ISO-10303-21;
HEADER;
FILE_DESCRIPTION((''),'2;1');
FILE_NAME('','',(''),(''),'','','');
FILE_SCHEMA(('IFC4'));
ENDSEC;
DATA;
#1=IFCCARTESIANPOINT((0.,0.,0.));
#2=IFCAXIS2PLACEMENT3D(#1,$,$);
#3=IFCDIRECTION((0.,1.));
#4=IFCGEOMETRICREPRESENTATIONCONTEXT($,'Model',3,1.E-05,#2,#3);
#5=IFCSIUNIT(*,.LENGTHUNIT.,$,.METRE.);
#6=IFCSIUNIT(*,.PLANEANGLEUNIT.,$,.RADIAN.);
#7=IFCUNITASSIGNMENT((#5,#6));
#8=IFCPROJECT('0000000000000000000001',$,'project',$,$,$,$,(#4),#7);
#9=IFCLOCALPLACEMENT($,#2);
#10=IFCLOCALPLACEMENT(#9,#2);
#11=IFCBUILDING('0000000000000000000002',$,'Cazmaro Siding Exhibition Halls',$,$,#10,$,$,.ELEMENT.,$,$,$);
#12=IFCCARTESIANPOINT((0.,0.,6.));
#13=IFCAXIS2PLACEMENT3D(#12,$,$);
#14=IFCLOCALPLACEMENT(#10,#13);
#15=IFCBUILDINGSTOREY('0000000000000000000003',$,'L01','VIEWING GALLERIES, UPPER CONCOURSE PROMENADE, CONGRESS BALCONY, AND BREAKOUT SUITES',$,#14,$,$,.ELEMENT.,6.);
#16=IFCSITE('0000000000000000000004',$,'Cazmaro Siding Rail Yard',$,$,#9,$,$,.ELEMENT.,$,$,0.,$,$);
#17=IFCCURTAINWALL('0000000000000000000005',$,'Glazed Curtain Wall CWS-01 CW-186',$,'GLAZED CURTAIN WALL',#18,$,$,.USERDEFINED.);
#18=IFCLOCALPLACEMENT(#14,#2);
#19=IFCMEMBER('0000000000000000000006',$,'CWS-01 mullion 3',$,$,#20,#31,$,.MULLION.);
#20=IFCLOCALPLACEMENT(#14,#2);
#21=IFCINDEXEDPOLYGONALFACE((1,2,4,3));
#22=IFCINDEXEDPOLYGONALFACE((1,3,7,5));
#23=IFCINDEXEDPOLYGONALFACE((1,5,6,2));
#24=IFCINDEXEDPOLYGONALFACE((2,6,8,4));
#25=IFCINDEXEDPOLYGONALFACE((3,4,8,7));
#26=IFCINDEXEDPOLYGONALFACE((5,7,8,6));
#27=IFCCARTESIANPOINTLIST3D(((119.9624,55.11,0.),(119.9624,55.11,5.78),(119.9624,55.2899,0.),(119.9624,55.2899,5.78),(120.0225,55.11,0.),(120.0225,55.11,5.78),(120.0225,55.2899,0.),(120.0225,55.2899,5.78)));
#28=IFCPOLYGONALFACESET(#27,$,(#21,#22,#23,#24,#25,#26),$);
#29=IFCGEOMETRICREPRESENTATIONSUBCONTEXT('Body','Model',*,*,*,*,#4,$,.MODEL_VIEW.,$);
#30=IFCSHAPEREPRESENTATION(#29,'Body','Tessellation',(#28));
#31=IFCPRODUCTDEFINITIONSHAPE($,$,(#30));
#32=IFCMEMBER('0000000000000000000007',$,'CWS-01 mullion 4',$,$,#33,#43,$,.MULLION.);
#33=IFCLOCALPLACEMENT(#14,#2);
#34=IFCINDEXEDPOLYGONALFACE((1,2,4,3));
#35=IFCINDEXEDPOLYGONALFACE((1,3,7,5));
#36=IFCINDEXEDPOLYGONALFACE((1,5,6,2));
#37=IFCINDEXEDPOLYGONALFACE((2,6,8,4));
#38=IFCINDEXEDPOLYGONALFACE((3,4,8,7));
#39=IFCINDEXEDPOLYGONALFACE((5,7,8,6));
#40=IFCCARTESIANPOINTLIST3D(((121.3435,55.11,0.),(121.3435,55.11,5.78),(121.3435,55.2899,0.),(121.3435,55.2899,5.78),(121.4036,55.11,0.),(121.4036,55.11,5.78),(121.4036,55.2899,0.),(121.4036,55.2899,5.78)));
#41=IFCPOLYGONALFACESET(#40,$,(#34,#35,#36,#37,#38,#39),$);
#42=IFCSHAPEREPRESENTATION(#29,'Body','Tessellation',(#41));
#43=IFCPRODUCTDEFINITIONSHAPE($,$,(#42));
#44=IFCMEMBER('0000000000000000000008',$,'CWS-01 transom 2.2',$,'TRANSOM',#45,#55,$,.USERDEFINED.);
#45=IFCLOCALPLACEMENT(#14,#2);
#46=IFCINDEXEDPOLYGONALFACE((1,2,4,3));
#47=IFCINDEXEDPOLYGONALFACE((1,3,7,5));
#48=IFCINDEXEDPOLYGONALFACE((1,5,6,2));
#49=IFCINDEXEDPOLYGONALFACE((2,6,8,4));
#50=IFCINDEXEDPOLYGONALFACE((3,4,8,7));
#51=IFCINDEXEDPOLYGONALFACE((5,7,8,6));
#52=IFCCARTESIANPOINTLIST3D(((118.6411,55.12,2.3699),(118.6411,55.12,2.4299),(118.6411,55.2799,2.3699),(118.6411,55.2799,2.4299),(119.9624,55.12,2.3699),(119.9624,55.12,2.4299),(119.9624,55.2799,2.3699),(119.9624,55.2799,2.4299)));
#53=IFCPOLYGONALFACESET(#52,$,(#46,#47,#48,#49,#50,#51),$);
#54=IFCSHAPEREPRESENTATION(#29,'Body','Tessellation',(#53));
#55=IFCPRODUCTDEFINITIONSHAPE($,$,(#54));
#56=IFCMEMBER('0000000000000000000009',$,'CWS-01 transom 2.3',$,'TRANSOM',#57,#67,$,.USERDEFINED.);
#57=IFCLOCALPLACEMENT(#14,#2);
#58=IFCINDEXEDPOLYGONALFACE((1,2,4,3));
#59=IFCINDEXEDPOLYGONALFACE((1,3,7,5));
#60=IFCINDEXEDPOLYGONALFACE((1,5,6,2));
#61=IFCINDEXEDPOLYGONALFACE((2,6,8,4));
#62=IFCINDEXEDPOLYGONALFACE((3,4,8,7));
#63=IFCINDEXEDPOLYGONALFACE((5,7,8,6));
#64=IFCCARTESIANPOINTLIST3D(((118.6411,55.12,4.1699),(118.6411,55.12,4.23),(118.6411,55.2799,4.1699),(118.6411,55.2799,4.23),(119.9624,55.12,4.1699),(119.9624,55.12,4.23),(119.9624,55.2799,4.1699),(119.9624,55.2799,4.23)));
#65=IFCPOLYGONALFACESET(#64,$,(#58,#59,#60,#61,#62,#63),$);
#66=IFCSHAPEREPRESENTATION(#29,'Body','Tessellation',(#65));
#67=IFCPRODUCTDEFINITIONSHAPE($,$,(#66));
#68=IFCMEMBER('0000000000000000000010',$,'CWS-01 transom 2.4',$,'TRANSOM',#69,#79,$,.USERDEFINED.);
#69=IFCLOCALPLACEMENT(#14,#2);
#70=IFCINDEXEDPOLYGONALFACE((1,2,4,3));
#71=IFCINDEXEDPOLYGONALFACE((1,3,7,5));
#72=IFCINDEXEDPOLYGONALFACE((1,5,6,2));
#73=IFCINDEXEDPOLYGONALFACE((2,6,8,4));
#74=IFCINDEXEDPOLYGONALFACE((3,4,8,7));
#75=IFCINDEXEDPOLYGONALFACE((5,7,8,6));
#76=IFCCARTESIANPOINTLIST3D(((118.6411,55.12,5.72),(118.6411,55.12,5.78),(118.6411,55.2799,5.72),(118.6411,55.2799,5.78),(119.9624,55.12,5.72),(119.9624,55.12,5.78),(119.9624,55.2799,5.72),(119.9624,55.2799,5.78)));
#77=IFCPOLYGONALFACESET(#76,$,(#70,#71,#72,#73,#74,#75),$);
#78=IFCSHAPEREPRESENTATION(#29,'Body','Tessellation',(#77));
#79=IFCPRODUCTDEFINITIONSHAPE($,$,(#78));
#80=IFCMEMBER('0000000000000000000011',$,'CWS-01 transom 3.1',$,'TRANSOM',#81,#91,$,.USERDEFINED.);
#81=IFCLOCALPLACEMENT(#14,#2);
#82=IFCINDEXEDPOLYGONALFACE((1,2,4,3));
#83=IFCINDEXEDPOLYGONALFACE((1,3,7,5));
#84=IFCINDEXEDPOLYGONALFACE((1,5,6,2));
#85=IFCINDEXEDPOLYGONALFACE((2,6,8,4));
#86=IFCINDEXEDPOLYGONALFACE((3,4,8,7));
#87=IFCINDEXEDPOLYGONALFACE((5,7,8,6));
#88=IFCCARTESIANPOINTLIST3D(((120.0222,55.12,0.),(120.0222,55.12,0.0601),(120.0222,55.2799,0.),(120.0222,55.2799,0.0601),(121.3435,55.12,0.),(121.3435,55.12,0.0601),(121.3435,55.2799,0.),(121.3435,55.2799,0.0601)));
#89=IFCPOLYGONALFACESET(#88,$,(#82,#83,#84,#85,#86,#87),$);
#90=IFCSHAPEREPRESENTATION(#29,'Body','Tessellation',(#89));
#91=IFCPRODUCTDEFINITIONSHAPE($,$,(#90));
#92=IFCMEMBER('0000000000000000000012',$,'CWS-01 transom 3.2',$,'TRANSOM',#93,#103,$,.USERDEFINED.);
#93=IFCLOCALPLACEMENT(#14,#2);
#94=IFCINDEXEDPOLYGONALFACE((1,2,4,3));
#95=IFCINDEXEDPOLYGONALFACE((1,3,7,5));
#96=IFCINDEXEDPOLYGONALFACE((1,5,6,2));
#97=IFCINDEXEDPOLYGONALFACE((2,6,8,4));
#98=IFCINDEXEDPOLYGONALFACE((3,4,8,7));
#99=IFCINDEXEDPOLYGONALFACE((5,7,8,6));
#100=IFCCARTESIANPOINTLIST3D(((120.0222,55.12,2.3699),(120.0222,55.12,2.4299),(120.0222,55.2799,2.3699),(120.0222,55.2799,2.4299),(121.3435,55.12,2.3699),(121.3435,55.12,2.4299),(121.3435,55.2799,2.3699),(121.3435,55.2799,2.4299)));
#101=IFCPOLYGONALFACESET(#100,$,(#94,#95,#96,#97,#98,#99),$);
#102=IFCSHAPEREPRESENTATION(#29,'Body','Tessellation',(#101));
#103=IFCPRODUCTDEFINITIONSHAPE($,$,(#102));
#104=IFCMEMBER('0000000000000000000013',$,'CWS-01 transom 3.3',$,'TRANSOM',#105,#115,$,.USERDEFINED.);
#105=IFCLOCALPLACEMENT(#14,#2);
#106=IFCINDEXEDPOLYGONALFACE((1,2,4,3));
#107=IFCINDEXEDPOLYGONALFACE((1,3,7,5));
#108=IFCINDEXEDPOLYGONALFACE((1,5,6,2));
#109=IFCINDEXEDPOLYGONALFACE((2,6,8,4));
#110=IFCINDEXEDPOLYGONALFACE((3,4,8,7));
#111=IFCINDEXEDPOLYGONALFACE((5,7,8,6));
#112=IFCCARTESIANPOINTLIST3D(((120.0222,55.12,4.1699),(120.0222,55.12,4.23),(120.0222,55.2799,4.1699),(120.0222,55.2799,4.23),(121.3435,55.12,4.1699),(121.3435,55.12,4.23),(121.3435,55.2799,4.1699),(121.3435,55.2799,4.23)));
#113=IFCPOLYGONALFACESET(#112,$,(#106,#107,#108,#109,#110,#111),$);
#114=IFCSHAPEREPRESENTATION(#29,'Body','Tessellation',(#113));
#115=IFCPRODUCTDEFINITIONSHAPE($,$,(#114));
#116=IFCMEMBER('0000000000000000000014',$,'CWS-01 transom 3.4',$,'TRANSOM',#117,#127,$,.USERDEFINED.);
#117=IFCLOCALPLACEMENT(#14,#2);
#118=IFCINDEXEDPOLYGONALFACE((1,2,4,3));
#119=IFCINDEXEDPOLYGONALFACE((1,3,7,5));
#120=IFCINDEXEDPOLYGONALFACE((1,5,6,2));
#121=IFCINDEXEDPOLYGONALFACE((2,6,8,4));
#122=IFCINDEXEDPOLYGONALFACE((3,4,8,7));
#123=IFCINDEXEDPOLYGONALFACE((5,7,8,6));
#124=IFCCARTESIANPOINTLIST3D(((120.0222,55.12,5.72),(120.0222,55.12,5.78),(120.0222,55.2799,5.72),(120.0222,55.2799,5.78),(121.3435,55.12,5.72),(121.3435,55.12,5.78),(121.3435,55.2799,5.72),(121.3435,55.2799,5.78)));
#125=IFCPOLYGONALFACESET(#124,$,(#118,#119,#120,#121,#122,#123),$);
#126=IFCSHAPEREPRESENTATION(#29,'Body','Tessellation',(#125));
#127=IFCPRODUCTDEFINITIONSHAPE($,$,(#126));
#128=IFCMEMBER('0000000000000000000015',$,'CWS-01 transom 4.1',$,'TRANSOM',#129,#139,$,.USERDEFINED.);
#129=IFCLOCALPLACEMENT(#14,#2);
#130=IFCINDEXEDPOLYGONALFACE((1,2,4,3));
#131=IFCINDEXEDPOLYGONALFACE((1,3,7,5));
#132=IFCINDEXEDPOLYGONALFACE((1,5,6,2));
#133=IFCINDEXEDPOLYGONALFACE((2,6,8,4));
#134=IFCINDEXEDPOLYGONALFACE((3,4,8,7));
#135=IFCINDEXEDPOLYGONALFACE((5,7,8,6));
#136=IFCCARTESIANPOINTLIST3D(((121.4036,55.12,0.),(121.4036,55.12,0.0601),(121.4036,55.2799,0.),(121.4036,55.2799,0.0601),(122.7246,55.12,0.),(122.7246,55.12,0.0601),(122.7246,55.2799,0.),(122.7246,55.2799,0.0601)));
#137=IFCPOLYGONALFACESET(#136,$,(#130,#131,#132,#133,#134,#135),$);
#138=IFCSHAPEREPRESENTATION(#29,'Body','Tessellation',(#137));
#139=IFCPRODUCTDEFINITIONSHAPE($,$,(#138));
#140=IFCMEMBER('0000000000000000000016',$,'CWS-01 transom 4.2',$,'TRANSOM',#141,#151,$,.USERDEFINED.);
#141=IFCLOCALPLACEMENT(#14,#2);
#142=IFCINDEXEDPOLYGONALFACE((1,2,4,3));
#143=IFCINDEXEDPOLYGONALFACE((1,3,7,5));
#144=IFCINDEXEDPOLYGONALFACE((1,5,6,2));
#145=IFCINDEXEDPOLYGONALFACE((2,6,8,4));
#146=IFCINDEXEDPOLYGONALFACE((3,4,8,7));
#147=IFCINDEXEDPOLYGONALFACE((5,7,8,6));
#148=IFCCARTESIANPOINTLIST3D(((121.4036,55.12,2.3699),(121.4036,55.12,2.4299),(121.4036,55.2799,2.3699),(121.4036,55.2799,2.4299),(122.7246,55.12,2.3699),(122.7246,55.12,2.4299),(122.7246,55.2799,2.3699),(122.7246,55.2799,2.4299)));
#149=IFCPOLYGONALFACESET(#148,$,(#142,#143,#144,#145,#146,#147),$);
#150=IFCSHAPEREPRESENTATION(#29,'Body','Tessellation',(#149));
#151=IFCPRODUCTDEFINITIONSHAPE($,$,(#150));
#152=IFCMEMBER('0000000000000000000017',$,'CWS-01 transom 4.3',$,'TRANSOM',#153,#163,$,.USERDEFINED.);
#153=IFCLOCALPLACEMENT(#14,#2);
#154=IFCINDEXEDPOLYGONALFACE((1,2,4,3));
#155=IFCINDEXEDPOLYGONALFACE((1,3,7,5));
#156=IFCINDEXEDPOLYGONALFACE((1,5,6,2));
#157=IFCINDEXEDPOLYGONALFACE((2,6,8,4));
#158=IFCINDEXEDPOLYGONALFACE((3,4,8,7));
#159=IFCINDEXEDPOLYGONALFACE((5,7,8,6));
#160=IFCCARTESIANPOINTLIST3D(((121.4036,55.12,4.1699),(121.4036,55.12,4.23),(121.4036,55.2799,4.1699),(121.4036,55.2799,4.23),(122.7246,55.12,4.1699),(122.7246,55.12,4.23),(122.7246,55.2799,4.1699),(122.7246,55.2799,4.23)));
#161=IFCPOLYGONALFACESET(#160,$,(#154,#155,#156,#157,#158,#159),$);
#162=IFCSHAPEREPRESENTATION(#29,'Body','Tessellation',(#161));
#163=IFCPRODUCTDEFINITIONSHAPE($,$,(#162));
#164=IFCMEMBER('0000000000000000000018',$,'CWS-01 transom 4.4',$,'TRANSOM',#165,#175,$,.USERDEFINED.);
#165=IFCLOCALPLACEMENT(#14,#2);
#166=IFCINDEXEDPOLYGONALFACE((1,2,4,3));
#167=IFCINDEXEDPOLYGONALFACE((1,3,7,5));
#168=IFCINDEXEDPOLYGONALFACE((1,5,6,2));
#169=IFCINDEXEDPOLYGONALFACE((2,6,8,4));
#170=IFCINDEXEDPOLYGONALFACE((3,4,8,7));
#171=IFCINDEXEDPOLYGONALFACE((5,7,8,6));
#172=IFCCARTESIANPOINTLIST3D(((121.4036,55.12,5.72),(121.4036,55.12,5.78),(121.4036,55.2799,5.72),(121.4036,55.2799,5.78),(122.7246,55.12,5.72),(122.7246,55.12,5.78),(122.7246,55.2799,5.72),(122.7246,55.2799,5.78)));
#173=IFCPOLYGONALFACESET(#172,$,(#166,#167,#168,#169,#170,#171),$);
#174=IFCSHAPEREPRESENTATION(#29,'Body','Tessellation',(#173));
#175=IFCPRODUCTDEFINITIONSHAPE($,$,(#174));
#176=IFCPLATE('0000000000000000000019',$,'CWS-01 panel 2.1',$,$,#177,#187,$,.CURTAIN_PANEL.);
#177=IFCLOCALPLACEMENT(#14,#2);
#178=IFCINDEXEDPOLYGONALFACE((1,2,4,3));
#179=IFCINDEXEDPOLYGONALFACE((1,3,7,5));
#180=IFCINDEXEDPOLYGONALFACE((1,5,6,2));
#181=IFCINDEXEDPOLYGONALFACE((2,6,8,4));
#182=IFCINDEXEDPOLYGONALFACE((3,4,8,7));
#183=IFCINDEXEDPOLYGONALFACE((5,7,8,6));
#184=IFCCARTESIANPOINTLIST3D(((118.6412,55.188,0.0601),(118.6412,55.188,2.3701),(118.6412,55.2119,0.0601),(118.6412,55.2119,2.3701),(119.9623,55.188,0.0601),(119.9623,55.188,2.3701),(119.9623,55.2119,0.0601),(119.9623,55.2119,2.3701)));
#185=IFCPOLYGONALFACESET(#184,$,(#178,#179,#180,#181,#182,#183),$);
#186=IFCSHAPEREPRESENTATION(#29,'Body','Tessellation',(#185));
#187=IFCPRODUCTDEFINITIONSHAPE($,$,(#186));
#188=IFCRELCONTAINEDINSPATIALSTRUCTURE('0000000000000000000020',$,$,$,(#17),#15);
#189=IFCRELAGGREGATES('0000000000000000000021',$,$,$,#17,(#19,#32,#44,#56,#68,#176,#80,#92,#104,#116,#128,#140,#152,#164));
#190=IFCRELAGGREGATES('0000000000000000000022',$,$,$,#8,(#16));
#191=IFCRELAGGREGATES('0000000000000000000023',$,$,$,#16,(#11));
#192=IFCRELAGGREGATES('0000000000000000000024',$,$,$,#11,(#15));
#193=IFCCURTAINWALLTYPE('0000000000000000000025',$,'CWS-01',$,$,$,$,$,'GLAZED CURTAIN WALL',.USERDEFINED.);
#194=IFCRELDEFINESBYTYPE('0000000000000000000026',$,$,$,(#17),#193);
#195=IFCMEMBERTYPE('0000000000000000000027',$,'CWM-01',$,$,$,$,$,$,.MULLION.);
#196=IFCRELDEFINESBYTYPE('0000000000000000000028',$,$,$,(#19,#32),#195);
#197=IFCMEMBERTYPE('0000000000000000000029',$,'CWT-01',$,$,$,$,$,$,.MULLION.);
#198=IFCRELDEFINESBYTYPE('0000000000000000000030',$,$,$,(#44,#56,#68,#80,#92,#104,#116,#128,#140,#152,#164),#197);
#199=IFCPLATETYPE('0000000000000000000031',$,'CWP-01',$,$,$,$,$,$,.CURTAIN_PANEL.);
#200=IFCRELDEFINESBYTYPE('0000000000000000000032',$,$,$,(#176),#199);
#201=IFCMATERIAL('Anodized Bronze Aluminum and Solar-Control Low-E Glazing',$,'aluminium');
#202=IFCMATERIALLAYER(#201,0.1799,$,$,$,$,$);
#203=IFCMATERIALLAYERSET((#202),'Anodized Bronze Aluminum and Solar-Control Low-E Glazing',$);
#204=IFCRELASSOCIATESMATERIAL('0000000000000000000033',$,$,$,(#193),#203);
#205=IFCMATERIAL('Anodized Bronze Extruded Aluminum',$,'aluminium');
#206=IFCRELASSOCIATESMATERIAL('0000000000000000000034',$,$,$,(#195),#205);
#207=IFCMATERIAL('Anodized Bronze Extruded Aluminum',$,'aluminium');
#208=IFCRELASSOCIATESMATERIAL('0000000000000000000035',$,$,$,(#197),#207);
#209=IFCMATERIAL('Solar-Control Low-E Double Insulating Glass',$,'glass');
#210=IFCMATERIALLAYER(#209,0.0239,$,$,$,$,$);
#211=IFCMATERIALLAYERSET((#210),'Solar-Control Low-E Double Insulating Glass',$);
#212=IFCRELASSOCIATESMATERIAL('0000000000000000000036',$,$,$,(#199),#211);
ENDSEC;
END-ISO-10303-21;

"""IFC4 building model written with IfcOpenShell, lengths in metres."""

from ifc_helpers import new_model, si_unit, direction, frame, origin, origin_2d, place, context, subcontext, project, spatial, rectangle, extrude, material, layer, layer_set, material_profile, profile_set, type_object, element, aggregate, save


model = new_model("IFC4")

# Units and contexts
model_context = context("Model", 3, precision=1e-05, world=origin(), true_north=direction((0.0, 1.0)))
body_context = subcontext(model_context, "Body", "Model", "MODEL_VIEW")
ifc_project = project(units=[si_unit("LENGTHUNIT", "METRE"), si_unit("PLANEANGLEUNIT", "RADIAN")], contexts=[model_context])

# Site, building, storey
site_placement = place(None, origin())
site = spatial("IfcSite", under=ifc_project, at=site_placement, Name="Cazmaro Siding Rail Yard", CompositionType="ELEMENT", RefElevation=0.0)
building_placement = place(site_placement, origin())
building = spatial("IfcBuilding", under=site, at=building_placement, Name="Cazmaro Siding Exhibition Halls", CompositionType="ELEMENT")
storey_placement = place(building_placement, frame((0.0, 0.0, 6.0)))
storey = spatial("IfcBuildingStorey", under=building, at=storey_placement, Name="L01", Description="VIEWING GALLERIES, UPPER CONCOURSE PROMENADE, CONGRESS BALCONY, AND BREAKOUT SUITES", CompositionType="ELEMENT", Elevation=6.0)

# Curtain wall, members, plate
ifc_material_1 = material(Name="Anodized Bronze Aluminum and Solar-Control Low-E Glazing", Category="aluminium")
ifc_layer_1 = layer(ifc_material_1, 0.1799)
ifc_layer_set_1 = layer_set([ifc_layer_1], Name="Anodized Bronze Aluminum and Solar-Control Low-E Glazing")
curtain_wall_type = type_object("IfcCurtainWallType", Name="CWS-01", ElementType="GLAZED CURTAIN WALL", PredefinedType="USERDEFINED", material=ifc_layer_set_1)
curtain_wall_placement = place(storey_placement, origin())
curtain_wall = element("IfcCurtainWall", 1, at=curtain_wall_placement, inside=storey, type_object=curtain_wall_type, Name="Glazed Curtain Wall CWS-01 CW-186", ObjectType="GLAZED CURTAIN WALL", PredefinedType="USERDEFINED")
ifc_material_2 = material(Name="Anodized Bronze Extruded Aluminum", Category="aluminium")
ifc_material_profile_1 = material_profile(ifc_material_2, rectangle(XDim=0.1799, YDim=0.0601, at=origin_2d()), Name="CWM-01")
ifc_profile_set_1 = profile_set([ifc_material_profile_1], Name="Anodized Bronze Extruded Aluminum")
member_type_1 = type_object("IfcMemberType", Name="CWM-01", PredefinedType="MULLION", material=ifc_profile_set_1)
member_1_placement = place(storey_placement, frame((119.9924, 55.2, 0.0), z_axis=(0.0, 0.0, 1.0), x_axis=(0.0, 1.0, 0.0)))
member_1 = element("IfcMember", 2, at=member_1_placement, type_object=member_type_1, Name="CWS-01 mullion 3", PredefinedType="MULLION", context=body_context, shape_type="SweptSolid", body=[
    extrude(rectangle(XDim=0.1799, YDim=0.0601, at=origin_2d()), origin(), (0.0, 0.0, 1.0), 5.78),
])
member_2_placement = place(storey_placement, frame((121.3735, 55.2, 0.0), z_axis=(0.0, 0.0, 1.0), x_axis=(0.0, 1.0, 0.0)))
member_2 = element("IfcMember", 3, at=member_2_placement, type_object=member_type_1, Name="CWS-01 mullion 4", PredefinedType="MULLION", context=body_context, shape_type="SweptSolid", body=[
    extrude(rectangle(XDim=0.1799, YDim=0.0601, at=origin_2d()), origin(), (0.0, 0.0, 1.0), 5.78),
])
ifc_material_3 = material(Name="Anodized Bronze Extruded Aluminum", Category="aluminium")
ifc_material_profile_2 = material_profile(ifc_material_3, rectangle(XDim=0.1599, YDim=0.0601, at=origin_2d()), Name="CWT-01")
ifc_profile_set_2 = profile_set([ifc_material_profile_2], Name="Anodized Bronze Extruded Aluminum")
member_type_2 = type_object("IfcMemberType", Name="CWT-01", PredefinedType="MULLION", material=ifc_profile_set_2)
member_3_placement = place(storey_placement, frame((118.6411, 55.2, 2.3999), z_axis=(1.0, 0.0, 0.0), x_axis=(0.0, 1.0, 0.0)))
member_3 = element("IfcMember", 4, at=member_3_placement, type_object=member_type_2, Name="CWS-01 transom 2.2", ObjectType="TRANSOM", PredefinedType="USERDEFINED", context=body_context, shape_type="SweptSolid", body=[
    extrude(rectangle(XDim=0.1599, YDim=0.0601, at=origin_2d()), origin(), (0.0, 0.0, 1.0), 1.3213),
])
member_4_placement = place(storey_placement, frame((118.6411, 55.2, 4.2), z_axis=(1.0, 0.0, 0.0), x_axis=(0.0, 1.0, 0.0)))
member_4 = element("IfcMember", 5, at=member_4_placement, type_object=member_type_2, Name="CWS-01 transom 2.3", ObjectType="TRANSOM", PredefinedType="USERDEFINED", context=body_context, shape_type="SweptSolid", body=[
    extrude(rectangle(XDim=0.1599, YDim=0.0601, at=origin_2d()), origin(), (0.0, 0.0, 1.0), 1.3213),
])
member_5_placement = place(storey_placement, frame((118.6411, 55.2, 5.75), z_axis=(1.0, 0.0, 0.0), x_axis=(0.0, 1.0, 0.0)))
member_5 = element("IfcMember", 6, at=member_5_placement, type_object=member_type_2, Name="CWS-01 transom 2.4", ObjectType="TRANSOM", PredefinedType="USERDEFINED", context=body_context, shape_type="SweptSolid", body=[
    extrude(rectangle(XDim=0.1599, YDim=0.0601, at=origin_2d()), origin(), (0.0, 0.0, 1.0), 1.3213),
])
member_6_placement = place(storey_placement, frame((120.0222, 55.2, 0.03), z_axis=(1.0, 0.0, 0.0), x_axis=(0.0, 1.0, 0.0)))
member_6 = element("IfcMember", 7, at=member_6_placement, type_object=member_type_2, Name="CWS-01 transom 3.1", ObjectType="TRANSOM", PredefinedType="USERDEFINED", context=body_context, shape_type="SweptSolid", body=[
    extrude(rectangle(XDim=0.1599, YDim=0.0601, at=origin_2d()), origin(), (0.0, 0.0, 1.0), 1.3213),
])
member_7_placement = place(storey_placement, frame((120.0222, 55.2, 2.3999), z_axis=(1.0, 0.0, 0.0), x_axis=(0.0, 1.0, 0.0)))
member_7 = element("IfcMember", 8, at=member_7_placement, type_object=member_type_2, Name="CWS-01 transom 3.2", ObjectType="TRANSOM", PredefinedType="USERDEFINED", context=body_context, shape_type="SweptSolid", body=[
    extrude(rectangle(XDim=0.1599, YDim=0.0601, at=origin_2d()), origin(), (0.0, 0.0, 1.0), 1.3213),
])
member_8_placement = place(storey_placement, frame((120.0222, 55.2, 4.2), z_axis=(1.0, 0.0, 0.0), x_axis=(0.0, 1.0, 0.0)))
member_8 = element("IfcMember", 9, at=member_8_placement, type_object=member_type_2, Name="CWS-01 transom 3.3", ObjectType="TRANSOM", PredefinedType="USERDEFINED", context=body_context, shape_type="SweptSolid", body=[
    extrude(rectangle(XDim=0.1599, YDim=0.0601, at=origin_2d()), origin(), (0.0, 0.0, 1.0), 1.3213),
])
member_9_placement = place(storey_placement, frame((120.0222, 55.2, 5.75), z_axis=(1.0, 0.0, 0.0), x_axis=(0.0, 1.0, 0.0)))
member_9 = element("IfcMember", 10, at=member_9_placement, type_object=member_type_2, Name="CWS-01 transom 3.4", ObjectType="TRANSOM", PredefinedType="USERDEFINED", context=body_context, shape_type="SweptSolid", body=[
    extrude(rectangle(XDim=0.1599, YDim=0.0601, at=origin_2d()), origin(), (0.0, 0.0, 1.0), 1.3213),
])
member_10_placement = place(storey_placement, frame((121.4036, 55.2, 0.03), z_axis=(1.0, 0.0, 0.0), x_axis=(0.0, 1.0, 0.0)))
member_10 = element("IfcMember", 11, at=member_10_placement, type_object=member_type_2, Name="CWS-01 transom 4.1", ObjectType="TRANSOM", PredefinedType="USERDEFINED", context=body_context, shape_type="SweptSolid", body=[
    extrude(rectangle(XDim=0.1599, YDim=0.0601, at=origin_2d()), origin(), (0.0, 0.0, 1.0), 1.321),
])
member_11_placement = place(storey_placement, frame((121.4036, 55.2, 2.3999), z_axis=(1.0, 0.0, 0.0), x_axis=(0.0, 1.0, 0.0)))
member_11 = element("IfcMember", 12, at=member_11_placement, type_object=member_type_2, Name="CWS-01 transom 4.2", ObjectType="TRANSOM", PredefinedType="USERDEFINED", context=body_context, shape_type="SweptSolid", body=[
    extrude(rectangle(XDim=0.1599, YDim=0.0601, at=origin_2d()), origin(), (0.0, 0.0, 1.0), 1.321),
])
member_12_placement = place(storey_placement, frame((121.4036, 55.2, 4.2), z_axis=(1.0, 0.0, 0.0), x_axis=(0.0, 1.0, 0.0)))
member_12 = element("IfcMember", 13, at=member_12_placement, type_object=member_type_2, Name="CWS-01 transom 4.3", ObjectType="TRANSOM", PredefinedType="USERDEFINED", context=body_context, shape_type="SweptSolid", body=[
    extrude(rectangle(XDim=0.1599, YDim=0.0601, at=origin_2d()), origin(), (0.0, 0.0, 1.0), 1.321),
])
member_13_placement = place(storey_placement, frame((121.4036, 55.2, 5.75), z_axis=(1.0, 0.0, 0.0), x_axis=(0.0, 1.0, 0.0)))
member_13 = element("IfcMember", 14, at=member_13_placement, type_object=member_type_2, Name="CWS-01 transom 4.4", ObjectType="TRANSOM", PredefinedType="USERDEFINED", context=body_context, shape_type="SweptSolid", body=[
    extrude(rectangle(XDim=0.1599, YDim=0.0601, at=origin_2d()), origin(), (0.0, 0.0, 1.0), 1.321),
])
ifc_material_4 = material(Name="Solar-Control Low-E Double Insulating Glass", Category="glass")
ifc_layer_2 = layer(ifc_material_4, 0.0239)
ifc_layer_set_2 = layer_set([ifc_layer_2], Name="Solar-Control Low-E Double Insulating Glass")
plate_type = type_object("IfcPlateType", Name="CWP-01", PredefinedType="CURTAIN_PANEL", material=ifc_layer_set_2)
plate_1_placement = place(storey_placement, frame((119.3018, 55.2, 0.0601), z_axis=(0.0, 0.0, 1.0), x_axis=(1.0, 0.0, 0.0)))
plate_1 = element("IfcPlate", 15, at=plate_1_placement, type_object=plate_type, Name="CWS-01 panel 2.1", PredefinedType="CURTAIN_PANEL", context=body_context, shape_type="SweptSolid", body=[
    extrude(rectangle(XDim=1.321, YDim=0.0239, at=origin_2d()), origin(), (0.0, 0.0, 1.0), 2.3101),
])
aggregate(curtain_wall, [member_1, member_2, member_3, member_4, member_5, plate_1, member_6, member_7, member_8, member_9, member_10, member_11, member_12, member_13])

save(model, "model.ifc")
